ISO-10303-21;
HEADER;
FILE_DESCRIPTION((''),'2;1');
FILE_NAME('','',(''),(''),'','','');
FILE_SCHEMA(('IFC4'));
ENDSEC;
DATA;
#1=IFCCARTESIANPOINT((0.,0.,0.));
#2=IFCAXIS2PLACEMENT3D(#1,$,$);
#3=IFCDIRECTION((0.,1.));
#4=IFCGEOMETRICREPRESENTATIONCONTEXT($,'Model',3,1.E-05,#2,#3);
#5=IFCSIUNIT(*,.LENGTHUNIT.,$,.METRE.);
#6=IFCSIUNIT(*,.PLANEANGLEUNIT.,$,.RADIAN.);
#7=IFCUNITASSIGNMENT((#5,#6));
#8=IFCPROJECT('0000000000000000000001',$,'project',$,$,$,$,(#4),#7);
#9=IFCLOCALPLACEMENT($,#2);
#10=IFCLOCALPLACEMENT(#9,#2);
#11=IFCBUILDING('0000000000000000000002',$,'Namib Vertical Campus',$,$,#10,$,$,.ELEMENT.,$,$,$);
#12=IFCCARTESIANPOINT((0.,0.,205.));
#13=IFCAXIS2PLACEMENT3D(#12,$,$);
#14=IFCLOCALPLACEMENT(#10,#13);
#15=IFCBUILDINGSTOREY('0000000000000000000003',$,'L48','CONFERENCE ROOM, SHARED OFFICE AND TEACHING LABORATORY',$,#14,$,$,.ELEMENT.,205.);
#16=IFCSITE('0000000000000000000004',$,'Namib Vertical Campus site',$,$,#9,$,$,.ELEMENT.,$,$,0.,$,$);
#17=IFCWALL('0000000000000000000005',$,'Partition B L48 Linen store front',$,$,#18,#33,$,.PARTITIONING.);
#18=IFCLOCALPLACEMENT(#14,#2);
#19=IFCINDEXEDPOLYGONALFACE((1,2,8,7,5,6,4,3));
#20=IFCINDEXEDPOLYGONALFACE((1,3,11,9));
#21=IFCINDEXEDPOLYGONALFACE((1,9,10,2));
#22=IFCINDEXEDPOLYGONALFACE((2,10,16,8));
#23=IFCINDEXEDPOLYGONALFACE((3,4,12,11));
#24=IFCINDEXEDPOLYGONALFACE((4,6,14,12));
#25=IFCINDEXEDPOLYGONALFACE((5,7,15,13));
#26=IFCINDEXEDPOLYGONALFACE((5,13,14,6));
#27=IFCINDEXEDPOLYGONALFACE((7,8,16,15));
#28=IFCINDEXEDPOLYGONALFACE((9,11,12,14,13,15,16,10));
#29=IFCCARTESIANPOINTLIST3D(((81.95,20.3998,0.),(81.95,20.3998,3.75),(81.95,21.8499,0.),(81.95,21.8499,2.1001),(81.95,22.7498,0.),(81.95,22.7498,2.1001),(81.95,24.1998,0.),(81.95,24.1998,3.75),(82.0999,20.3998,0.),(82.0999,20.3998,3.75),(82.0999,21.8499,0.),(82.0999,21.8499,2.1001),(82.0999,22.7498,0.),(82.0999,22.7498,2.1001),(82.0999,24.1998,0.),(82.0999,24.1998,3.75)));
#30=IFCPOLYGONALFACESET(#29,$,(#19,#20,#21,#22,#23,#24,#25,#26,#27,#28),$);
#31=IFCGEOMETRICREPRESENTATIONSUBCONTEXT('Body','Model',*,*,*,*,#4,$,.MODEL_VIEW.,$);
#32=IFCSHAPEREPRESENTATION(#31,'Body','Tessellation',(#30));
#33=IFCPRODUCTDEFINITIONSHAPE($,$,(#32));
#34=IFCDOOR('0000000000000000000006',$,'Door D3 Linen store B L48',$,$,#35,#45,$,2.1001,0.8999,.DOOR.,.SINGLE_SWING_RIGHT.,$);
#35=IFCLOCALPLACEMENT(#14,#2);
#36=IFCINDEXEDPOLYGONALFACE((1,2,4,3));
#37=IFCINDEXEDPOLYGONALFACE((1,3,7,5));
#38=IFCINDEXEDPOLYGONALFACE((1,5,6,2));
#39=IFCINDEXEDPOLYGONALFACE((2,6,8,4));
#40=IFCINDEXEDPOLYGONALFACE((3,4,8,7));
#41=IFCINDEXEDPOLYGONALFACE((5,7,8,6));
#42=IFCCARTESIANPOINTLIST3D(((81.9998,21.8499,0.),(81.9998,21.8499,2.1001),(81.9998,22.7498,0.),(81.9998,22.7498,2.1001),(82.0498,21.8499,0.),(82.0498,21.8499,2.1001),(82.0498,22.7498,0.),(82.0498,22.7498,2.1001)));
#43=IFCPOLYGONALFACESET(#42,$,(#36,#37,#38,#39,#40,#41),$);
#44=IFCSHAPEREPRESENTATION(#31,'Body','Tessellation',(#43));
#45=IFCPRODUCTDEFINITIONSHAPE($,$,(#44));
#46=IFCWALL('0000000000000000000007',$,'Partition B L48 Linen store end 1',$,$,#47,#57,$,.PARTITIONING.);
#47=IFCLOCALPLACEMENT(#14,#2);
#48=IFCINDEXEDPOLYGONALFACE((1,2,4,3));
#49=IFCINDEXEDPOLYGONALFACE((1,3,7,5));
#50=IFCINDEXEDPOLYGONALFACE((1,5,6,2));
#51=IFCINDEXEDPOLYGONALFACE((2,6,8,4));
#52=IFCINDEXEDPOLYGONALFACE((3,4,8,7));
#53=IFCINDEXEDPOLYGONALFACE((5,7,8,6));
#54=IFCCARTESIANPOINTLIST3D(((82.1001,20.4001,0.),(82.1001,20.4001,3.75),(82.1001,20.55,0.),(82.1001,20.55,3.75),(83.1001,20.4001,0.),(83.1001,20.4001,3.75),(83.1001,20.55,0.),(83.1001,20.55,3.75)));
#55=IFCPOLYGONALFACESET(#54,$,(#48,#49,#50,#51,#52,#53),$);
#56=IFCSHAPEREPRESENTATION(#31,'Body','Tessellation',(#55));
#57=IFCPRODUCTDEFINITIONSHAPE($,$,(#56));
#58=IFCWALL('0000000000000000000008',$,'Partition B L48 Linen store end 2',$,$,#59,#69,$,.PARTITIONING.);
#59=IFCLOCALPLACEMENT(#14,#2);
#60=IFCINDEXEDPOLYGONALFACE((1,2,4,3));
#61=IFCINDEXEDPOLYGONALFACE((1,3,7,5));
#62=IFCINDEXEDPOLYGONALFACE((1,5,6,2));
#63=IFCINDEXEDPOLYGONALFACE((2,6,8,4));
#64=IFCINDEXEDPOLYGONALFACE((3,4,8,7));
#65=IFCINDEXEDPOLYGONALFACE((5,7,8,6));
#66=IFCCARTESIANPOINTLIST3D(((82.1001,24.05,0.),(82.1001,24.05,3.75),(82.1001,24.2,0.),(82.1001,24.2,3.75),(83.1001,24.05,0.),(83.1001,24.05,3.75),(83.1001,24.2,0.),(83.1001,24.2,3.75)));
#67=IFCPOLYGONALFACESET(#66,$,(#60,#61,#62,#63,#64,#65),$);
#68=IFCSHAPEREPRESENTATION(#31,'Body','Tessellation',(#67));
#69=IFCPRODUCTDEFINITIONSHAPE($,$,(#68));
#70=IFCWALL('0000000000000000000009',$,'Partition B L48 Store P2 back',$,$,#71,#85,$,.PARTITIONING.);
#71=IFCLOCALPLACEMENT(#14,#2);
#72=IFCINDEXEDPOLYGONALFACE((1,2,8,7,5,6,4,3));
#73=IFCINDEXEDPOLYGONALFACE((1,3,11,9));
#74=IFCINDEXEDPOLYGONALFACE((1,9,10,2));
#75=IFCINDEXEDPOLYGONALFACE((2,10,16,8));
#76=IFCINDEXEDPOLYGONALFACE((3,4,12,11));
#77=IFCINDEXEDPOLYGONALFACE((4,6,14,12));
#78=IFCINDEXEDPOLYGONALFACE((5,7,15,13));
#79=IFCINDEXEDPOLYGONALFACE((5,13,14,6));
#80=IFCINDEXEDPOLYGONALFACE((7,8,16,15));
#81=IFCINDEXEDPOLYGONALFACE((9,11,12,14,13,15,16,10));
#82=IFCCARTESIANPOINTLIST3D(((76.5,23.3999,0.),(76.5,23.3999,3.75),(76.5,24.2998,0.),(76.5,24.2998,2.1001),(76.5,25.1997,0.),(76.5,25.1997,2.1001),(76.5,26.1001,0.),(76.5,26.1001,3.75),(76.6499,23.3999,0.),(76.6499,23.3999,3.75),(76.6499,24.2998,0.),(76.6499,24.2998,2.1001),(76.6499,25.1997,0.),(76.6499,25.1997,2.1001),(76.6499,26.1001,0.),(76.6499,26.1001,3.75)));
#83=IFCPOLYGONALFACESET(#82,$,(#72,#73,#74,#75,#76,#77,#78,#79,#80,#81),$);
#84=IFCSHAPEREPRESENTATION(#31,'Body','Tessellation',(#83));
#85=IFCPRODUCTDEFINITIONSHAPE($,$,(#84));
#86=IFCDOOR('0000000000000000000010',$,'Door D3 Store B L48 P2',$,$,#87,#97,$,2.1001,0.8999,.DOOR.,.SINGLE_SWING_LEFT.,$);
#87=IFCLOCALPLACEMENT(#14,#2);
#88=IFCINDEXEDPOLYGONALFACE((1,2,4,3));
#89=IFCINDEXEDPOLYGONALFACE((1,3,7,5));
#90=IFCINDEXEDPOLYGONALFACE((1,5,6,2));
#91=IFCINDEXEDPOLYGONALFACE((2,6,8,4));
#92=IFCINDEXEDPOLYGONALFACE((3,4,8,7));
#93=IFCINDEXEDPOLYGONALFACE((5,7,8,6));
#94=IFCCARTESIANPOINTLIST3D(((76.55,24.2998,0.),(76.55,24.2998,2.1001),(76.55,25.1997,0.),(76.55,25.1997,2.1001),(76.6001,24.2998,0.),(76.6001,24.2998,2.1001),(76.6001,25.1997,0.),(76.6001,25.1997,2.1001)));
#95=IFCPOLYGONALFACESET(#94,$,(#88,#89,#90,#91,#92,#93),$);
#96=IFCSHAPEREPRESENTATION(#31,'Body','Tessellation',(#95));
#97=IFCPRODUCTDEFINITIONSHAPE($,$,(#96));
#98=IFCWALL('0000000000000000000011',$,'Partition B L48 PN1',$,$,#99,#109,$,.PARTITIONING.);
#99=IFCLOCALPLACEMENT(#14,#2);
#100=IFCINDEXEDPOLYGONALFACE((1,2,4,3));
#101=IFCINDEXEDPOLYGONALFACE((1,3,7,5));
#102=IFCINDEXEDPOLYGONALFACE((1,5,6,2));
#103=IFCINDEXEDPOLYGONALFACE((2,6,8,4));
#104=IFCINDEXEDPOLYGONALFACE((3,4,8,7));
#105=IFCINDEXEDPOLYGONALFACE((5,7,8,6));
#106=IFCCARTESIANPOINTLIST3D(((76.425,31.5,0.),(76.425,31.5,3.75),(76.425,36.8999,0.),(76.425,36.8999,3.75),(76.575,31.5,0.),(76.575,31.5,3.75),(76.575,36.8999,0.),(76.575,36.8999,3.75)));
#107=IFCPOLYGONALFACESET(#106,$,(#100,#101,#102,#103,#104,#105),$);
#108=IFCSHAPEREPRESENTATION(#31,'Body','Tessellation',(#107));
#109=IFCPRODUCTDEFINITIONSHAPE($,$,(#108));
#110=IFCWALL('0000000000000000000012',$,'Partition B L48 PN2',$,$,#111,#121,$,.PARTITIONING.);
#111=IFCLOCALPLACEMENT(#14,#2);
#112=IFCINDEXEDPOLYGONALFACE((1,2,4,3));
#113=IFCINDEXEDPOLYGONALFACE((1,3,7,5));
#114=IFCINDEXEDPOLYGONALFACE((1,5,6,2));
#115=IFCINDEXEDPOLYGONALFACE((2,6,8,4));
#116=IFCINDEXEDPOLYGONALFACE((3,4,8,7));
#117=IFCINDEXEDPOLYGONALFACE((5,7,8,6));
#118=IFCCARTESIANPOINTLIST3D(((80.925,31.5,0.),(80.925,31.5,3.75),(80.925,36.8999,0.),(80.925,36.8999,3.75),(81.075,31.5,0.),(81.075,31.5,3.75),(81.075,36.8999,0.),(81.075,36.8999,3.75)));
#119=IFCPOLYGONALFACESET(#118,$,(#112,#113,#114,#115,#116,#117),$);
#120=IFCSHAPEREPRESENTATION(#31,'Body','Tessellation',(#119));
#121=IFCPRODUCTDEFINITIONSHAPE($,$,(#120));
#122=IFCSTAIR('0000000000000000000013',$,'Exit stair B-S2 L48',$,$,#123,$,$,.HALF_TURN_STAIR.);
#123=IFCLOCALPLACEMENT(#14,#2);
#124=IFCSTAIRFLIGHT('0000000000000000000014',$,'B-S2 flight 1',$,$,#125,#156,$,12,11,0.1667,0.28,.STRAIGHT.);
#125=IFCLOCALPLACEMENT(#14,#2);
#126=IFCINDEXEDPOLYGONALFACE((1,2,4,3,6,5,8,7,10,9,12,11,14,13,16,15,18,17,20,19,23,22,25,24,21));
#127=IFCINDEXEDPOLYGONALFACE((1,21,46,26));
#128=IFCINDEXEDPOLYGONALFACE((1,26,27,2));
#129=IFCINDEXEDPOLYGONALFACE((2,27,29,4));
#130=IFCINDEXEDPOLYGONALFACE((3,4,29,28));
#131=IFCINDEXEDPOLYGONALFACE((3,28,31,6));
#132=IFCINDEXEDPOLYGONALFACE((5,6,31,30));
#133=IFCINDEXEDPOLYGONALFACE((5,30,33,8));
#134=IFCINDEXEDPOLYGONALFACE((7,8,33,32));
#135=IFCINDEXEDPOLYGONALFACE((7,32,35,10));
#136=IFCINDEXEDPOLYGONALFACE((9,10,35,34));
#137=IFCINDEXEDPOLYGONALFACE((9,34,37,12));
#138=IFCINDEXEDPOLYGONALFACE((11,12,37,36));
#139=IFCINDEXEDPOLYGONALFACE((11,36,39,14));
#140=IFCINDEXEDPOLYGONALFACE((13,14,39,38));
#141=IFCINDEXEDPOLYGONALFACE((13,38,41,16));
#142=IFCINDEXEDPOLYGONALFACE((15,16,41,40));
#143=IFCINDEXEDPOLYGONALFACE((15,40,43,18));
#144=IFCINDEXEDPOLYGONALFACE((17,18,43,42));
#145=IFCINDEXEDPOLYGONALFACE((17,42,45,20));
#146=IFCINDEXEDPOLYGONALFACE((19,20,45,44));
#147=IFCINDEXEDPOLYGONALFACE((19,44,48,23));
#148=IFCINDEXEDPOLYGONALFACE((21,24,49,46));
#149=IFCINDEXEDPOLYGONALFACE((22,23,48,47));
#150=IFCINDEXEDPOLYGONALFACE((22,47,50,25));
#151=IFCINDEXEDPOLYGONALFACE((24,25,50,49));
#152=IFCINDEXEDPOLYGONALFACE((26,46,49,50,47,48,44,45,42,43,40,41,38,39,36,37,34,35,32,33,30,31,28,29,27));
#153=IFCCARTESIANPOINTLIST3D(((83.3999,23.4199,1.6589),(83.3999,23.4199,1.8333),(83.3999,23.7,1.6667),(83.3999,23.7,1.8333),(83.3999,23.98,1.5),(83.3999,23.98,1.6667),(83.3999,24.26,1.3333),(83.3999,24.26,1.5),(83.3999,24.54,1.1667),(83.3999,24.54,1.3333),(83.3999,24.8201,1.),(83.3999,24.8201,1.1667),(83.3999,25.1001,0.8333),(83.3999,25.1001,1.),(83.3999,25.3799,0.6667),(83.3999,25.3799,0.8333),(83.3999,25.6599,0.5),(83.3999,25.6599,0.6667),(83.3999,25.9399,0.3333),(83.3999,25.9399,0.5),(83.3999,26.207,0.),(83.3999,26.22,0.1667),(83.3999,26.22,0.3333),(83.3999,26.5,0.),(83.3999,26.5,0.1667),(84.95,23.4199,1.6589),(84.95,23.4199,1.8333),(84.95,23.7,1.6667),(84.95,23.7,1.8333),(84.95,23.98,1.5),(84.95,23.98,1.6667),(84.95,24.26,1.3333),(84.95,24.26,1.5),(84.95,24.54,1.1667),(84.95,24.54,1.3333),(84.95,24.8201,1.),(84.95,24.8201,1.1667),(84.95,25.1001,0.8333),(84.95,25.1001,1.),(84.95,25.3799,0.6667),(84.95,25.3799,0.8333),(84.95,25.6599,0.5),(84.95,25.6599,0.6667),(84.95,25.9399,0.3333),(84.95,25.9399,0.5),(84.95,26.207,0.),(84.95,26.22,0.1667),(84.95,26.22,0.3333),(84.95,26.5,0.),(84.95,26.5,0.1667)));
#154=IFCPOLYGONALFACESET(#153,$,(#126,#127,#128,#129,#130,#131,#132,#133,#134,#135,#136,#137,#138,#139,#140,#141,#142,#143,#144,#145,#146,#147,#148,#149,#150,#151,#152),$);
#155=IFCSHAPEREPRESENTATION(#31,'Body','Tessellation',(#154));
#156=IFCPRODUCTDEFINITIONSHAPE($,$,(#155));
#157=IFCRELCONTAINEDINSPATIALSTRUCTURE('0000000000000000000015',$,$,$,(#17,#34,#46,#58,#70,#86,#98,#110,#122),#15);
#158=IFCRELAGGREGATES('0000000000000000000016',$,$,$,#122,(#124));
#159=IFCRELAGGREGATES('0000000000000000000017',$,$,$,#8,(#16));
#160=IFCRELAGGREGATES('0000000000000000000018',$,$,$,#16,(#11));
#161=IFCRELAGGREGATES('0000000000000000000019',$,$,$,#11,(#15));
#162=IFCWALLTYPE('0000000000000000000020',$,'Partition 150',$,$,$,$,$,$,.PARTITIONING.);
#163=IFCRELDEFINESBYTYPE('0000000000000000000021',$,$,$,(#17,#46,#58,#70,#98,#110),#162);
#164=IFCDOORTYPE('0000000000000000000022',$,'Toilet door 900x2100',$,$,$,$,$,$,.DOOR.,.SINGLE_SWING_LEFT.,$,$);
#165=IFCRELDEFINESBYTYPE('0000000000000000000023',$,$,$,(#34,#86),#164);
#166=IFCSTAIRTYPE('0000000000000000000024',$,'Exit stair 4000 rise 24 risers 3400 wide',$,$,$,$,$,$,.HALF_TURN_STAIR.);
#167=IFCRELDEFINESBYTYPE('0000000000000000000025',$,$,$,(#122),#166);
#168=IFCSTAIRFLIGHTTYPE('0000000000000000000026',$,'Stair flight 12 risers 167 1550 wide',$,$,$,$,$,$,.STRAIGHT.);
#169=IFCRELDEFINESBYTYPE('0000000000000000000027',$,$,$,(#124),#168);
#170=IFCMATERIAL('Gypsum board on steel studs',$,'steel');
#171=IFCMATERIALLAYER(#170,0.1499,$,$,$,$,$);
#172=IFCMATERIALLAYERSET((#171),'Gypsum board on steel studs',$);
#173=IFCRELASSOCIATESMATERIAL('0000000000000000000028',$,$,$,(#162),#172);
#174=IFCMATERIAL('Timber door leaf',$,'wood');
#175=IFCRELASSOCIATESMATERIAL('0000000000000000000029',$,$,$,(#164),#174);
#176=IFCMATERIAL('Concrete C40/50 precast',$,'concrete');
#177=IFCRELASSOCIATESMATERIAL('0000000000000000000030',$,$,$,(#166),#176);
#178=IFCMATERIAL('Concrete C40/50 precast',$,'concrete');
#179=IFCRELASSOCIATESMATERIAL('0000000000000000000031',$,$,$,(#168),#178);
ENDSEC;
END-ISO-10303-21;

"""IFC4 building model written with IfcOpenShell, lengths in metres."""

from ifc_helpers import new_model, si_unit, direction, frame, frame_2d, origin, place, context, subcontext, project, spatial, polyline, rectangle, outline, extrude, material, layer, layer_set, type_object, element, fill, aggregate, save


model = new_model("IFC4")

# Units and contexts
model_context = context("Model", 3, precision=1e-05, world=origin(), true_north=direction((0.0, 1.0)))
body_context = subcontext(model_context, "Body", "Model", "MODEL_VIEW")
ifc_project = project(units=[si_unit("LENGTHUNIT", "METRE"), si_unit("PLANEANGLEUNIT", "RADIAN")], contexts=[model_context])

# Site, building, storey
site_placement = place(None, origin())
site = spatial("IfcSite", under=ifc_project, at=site_placement, Name="Namib Vertical Campus site", CompositionType="ELEMENT", RefElevation=0.0)
building_placement = place(site_placement, origin())
building = spatial("IfcBuilding", under=site, at=building_placement, Name="Namib Vertical Campus", CompositionType="ELEMENT")
storey_placement = place(building_placement, frame((0.0, 0.0, 205.0)))
storey = spatial("IfcBuildingStorey", under=building, at=storey_placement, Name="L48", Description="CONFERENCE ROOM, SHARED OFFICE AND TEACHING LABORATORY", CompositionType="ELEMENT", Elevation=205.0)

# Wall, opening, door
ifc_material_1 = material(Name="Gypsum board on steel studs", Category="steel")
ifc_layer_1 = layer(ifc_material_1, 0.1499)
ifc_layer_set_1 = layer_set([ifc_layer_1], Name="Gypsum board on steel studs")
wall_type_1 = type_object("IfcWallType", Name="Partition 150", PredefinedType="PARTITIONING", material=ifc_layer_set_1)
wall_1_placement = place(storey_placement, frame((82.0249, 20.3999, 0.0), z_axis=(0.0, 0.0, 1.0), x_axis=(0.0, 1.0, 0.0)))
wall_1 = element("IfcWall", 1, at=wall_1_placement, inside=storey, type_object=wall_type_1, Name="Partition B L48 Linen store front", PredefinedType="PARTITIONING", context=body_context, shape_type="SweptSolid", body=[
    extrude(rectangle(XDim=3.8, YDim=0.1499, at=frame_2d((1.8999, 0.0))), origin(), (0.0, 0.0, 1.0), 3.75),
])
opening_1_placement = place(wall_1_placement, frame((1.45, 0.0, 0.0)))
opening_1 = element("IfcOpeningElement", 2, at=opening_1_placement, cuts=wall_1, PredefinedType="OPENING", context=body_context, shape_type="SweptSolid", body=[
    extrude(rectangle(XDim=0.8999, YDim=2.1001, at=frame_2d((0.45, 1.05))), frame((0.0, 0.085, 0.0), z_axis=(0.0, -1.0, 0.0), x_axis=(1.0, 0.0, 0.0)), (0.0, 0.0, 1.0), 0.1699),
])
ifc_material_2 = material(Name="Timber door leaf", Category="wood")
door_type_1 = type_object("IfcDoorType", Name="Toilet door 900x2100", OperationType="SINGLE_SWING_LEFT", PredefinedType="DOOR", material=ifc_material_2)
door_1_placement = place(opening_1_placement, frame((0.8999, 0.0, 0.0), z_axis=(0.0, 0.0, 1.0), x_axis=(-1.0, 0.0, 0.0)))
door_1 = element("IfcDoor", 3, at=door_1_placement, inside=storey, type_object=door_type_1, Name="Door D3 Linen store B L48", OperationType="SINGLE_SWING_RIGHT", OverallHeight=2.1001, OverallWidth=0.8999, PredefinedType="DOOR", context=body_context, shape_type="SweptSolid", body=[
    extrude(rectangle(XDim=0.8999, YDim=2.1001, at=frame_2d((0.45, 1.05))), frame((0.0, 0.0249, 0.0), z_axis=(0.0, -1.0, 0.0), x_axis=(1.0, 0.0, 0.0)), (0.0, 0.0, 1.0), 0.05),
])
fill(opening_1, door_1)

# Walls
for number, where, z_axis, x_axis, name in (
    (4, (82.1001, 20.4751, 0.0), (0.0, 0.0, 1.0), (1.0, 0.0, 0.0), "Partition B L48 Linen store end 1"),
    (5, (82.1001, 24.125, 0.0), (0.0, 0.0, 1.0), (1.0, 0.0, 0.0), "Partition B L48 Linen store end 2"),
):
    element("IfcWall", number, at=place(storey_placement, frame(where, z_axis=z_axis, x_axis=x_axis)), inside=storey, type_object=wall_type_1, Name=name, PredefinedType="PARTITIONING", context=body_context, shape_type="SweptSolid", body=[
        extrude(rectangle(XDim=1.0, YDim=0.1499, at=frame_2d((0.5, 0.0))), origin(), (0.0, 0.0, 1.0), 3.75),
    ])

# Wall, opening, door
wall_2_placement = place(storey_placement, frame((76.575, 23.3999, 0.0), z_axis=(0.0, 0.0, 1.0), x_axis=(0.0, 1.0, 0.0)))
wall_2 = element("IfcWall", 6, at=wall_2_placement, inside=storey, type_object=wall_type_1, Name="Partition B L48 Store P2 back", PredefinedType="PARTITIONING", context=body_context, shape_type="SweptSolid", body=[
    extrude(rectangle(XDim=2.7002, YDim=0.1499, at=frame_2d((1.3501, 0.0))), origin(), (0.0, 0.0, 1.0), 3.75),
])
opening_2_placement = place(wall_2_placement, frame((0.8999, 0.0, 0.0)))
opening_2 = element("IfcOpeningElement", 7, at=opening_2_placement, cuts=wall_2, PredefinedType="OPENING", context=body_context, shape_type="SweptSolid", body=[
    extrude(rectangle(XDim=0.8999, YDim=2.1001, at=frame_2d((0.45, 1.05))), frame((0.0, 0.085, 0.0), z_axis=(0.0, -1.0, 0.0), x_axis=(1.0, 0.0, 0.0)), (0.0, 0.0, 1.0), 0.1699),
])
door_2_placement = place(opening_2_placement, origin())
door_2 = element("IfcDoor", 8, at=door_2_placement, inside=storey, type_object=door_type_1, Name="Door D3 Store B L48 P2", OperationType="SINGLE_SWING_LEFT", OverallHeight=2.1001, OverallWidth=0.8999, PredefinedType="DOOR", context=body_context, shape_type="SweptSolid", body=[
    extrude(rectangle(XDim=0.8999, YDim=2.1001, at=frame_2d((0.45, 1.05))), frame((0.0, 0.0249, 0.0), z_axis=(0.0, -1.0, 0.0), x_axis=(1.0, 0.0, 0.0)), (0.0, 0.0, 1.0), 0.05),
])
fill(opening_2, door_2)

# Walls
for number, where, z_axis, x_axis, name in (
    (9, (76.5, 31.5, 0.0), (0.0, 0.0, 1.0), (0.0, 1.0, 0.0), "Partition B L48 PN1"),
    (10, (81.0, 31.5, 0.0), (0.0, 0.0, 1.0), (0.0, 1.0, 0.0), "Partition B L48 PN2"),
):
    element("IfcWall", number, at=place(storey_placement, frame(where, z_axis=z_axis, x_axis=x_axis)), inside=storey, type_object=wall_type_1, Name=name, PredefinedType="PARTITIONING", context=body_context, shape_type="SweptSolid", body=[
        extrude(rectangle(XDim=5.3999, YDim=0.1499, at=frame_2d((2.7, 0.0))), origin(), (0.0, 0.0, 1.0), 3.75),
    ])

# Stair, stair flight
ifc_material_3 = material(Name="Concrete C40/50 precast", Category="concrete")
stair_type = type_object("IfcStairType", Name="Exit stair 4000 rise 24 risers 3400 wide", PredefinedType="HALF_TURN_STAIR", material=ifc_material_3)
stair_placement = place(storey_placement, origin())
stair = element("IfcStair", 11, at=stair_placement, inside=storey, type_object=stair_type, Name="Exit stair B-S2 L48", PredefinedType="HALF_TURN_STAIR")
ifc_material_4 = material(Name="Concrete C40/50 precast", Category="concrete")
stair_flight_type = type_object("IfcStairFlightType", Name="Stair flight 12 risers 167 1550 wide", PredefinedType="STRAIGHT", material=ifc_material_4)
stair_flight_1_placement = place(storey_placement, frame((84.175, 26.5, 0.0), z_axis=(0.0, 0.0, 1.0), x_axis=(0.0, -1.0, 0.0)))
stair_flight_1 = element("IfcStairFlight", 12, at=stair_flight_1_placement, type_object=stair_flight_type, Name="B-S2 flight 1", NumberOfRisers=12, NumberOfTreads=11, PredefinedType="STRAIGHT", RiserHeight=0.1667, TreadLength=0.28, context=body_context, shape_type="SweptSolid", body=[
    extrude(outline(polyline([(0.0, 0.0), (0.0, 0.1667), (0.28, 0.1667), (0.28, 0.3333), (0.5601, 0.3333), (0.5601, 0.5), (0.8401, 0.5), (0.8401, 0.6667), (1.1201, 0.6667), (1.1201, 0.8333), (1.3999, 0.8333), (1.3999, 1.0), (1.6799, 1.0), (1.6799, 1.1667), (1.96, 1.1667), (1.96, 1.3333), (2.24, 1.3333), (2.24, 1.5), (2.52, 1.5), (2.52, 1.6667), (2.8, 1.6667), (2.8, 1.8333), (3.0801, 1.8333), (3.0801, 2.0), (3.0801, 1.6589), (0.293, 0.0), (0.0, 0.0)])), frame((0.0, 0.7749, 0.0), z_axis=(0.0, -1.0, 0.0), x_axis=(1.0, 0.0, 0.0)), (0.0, 0.0, 1.0), 1.55),
])
aggregate(stair, [stair_flight_1])

save(model, "model.ifc")
